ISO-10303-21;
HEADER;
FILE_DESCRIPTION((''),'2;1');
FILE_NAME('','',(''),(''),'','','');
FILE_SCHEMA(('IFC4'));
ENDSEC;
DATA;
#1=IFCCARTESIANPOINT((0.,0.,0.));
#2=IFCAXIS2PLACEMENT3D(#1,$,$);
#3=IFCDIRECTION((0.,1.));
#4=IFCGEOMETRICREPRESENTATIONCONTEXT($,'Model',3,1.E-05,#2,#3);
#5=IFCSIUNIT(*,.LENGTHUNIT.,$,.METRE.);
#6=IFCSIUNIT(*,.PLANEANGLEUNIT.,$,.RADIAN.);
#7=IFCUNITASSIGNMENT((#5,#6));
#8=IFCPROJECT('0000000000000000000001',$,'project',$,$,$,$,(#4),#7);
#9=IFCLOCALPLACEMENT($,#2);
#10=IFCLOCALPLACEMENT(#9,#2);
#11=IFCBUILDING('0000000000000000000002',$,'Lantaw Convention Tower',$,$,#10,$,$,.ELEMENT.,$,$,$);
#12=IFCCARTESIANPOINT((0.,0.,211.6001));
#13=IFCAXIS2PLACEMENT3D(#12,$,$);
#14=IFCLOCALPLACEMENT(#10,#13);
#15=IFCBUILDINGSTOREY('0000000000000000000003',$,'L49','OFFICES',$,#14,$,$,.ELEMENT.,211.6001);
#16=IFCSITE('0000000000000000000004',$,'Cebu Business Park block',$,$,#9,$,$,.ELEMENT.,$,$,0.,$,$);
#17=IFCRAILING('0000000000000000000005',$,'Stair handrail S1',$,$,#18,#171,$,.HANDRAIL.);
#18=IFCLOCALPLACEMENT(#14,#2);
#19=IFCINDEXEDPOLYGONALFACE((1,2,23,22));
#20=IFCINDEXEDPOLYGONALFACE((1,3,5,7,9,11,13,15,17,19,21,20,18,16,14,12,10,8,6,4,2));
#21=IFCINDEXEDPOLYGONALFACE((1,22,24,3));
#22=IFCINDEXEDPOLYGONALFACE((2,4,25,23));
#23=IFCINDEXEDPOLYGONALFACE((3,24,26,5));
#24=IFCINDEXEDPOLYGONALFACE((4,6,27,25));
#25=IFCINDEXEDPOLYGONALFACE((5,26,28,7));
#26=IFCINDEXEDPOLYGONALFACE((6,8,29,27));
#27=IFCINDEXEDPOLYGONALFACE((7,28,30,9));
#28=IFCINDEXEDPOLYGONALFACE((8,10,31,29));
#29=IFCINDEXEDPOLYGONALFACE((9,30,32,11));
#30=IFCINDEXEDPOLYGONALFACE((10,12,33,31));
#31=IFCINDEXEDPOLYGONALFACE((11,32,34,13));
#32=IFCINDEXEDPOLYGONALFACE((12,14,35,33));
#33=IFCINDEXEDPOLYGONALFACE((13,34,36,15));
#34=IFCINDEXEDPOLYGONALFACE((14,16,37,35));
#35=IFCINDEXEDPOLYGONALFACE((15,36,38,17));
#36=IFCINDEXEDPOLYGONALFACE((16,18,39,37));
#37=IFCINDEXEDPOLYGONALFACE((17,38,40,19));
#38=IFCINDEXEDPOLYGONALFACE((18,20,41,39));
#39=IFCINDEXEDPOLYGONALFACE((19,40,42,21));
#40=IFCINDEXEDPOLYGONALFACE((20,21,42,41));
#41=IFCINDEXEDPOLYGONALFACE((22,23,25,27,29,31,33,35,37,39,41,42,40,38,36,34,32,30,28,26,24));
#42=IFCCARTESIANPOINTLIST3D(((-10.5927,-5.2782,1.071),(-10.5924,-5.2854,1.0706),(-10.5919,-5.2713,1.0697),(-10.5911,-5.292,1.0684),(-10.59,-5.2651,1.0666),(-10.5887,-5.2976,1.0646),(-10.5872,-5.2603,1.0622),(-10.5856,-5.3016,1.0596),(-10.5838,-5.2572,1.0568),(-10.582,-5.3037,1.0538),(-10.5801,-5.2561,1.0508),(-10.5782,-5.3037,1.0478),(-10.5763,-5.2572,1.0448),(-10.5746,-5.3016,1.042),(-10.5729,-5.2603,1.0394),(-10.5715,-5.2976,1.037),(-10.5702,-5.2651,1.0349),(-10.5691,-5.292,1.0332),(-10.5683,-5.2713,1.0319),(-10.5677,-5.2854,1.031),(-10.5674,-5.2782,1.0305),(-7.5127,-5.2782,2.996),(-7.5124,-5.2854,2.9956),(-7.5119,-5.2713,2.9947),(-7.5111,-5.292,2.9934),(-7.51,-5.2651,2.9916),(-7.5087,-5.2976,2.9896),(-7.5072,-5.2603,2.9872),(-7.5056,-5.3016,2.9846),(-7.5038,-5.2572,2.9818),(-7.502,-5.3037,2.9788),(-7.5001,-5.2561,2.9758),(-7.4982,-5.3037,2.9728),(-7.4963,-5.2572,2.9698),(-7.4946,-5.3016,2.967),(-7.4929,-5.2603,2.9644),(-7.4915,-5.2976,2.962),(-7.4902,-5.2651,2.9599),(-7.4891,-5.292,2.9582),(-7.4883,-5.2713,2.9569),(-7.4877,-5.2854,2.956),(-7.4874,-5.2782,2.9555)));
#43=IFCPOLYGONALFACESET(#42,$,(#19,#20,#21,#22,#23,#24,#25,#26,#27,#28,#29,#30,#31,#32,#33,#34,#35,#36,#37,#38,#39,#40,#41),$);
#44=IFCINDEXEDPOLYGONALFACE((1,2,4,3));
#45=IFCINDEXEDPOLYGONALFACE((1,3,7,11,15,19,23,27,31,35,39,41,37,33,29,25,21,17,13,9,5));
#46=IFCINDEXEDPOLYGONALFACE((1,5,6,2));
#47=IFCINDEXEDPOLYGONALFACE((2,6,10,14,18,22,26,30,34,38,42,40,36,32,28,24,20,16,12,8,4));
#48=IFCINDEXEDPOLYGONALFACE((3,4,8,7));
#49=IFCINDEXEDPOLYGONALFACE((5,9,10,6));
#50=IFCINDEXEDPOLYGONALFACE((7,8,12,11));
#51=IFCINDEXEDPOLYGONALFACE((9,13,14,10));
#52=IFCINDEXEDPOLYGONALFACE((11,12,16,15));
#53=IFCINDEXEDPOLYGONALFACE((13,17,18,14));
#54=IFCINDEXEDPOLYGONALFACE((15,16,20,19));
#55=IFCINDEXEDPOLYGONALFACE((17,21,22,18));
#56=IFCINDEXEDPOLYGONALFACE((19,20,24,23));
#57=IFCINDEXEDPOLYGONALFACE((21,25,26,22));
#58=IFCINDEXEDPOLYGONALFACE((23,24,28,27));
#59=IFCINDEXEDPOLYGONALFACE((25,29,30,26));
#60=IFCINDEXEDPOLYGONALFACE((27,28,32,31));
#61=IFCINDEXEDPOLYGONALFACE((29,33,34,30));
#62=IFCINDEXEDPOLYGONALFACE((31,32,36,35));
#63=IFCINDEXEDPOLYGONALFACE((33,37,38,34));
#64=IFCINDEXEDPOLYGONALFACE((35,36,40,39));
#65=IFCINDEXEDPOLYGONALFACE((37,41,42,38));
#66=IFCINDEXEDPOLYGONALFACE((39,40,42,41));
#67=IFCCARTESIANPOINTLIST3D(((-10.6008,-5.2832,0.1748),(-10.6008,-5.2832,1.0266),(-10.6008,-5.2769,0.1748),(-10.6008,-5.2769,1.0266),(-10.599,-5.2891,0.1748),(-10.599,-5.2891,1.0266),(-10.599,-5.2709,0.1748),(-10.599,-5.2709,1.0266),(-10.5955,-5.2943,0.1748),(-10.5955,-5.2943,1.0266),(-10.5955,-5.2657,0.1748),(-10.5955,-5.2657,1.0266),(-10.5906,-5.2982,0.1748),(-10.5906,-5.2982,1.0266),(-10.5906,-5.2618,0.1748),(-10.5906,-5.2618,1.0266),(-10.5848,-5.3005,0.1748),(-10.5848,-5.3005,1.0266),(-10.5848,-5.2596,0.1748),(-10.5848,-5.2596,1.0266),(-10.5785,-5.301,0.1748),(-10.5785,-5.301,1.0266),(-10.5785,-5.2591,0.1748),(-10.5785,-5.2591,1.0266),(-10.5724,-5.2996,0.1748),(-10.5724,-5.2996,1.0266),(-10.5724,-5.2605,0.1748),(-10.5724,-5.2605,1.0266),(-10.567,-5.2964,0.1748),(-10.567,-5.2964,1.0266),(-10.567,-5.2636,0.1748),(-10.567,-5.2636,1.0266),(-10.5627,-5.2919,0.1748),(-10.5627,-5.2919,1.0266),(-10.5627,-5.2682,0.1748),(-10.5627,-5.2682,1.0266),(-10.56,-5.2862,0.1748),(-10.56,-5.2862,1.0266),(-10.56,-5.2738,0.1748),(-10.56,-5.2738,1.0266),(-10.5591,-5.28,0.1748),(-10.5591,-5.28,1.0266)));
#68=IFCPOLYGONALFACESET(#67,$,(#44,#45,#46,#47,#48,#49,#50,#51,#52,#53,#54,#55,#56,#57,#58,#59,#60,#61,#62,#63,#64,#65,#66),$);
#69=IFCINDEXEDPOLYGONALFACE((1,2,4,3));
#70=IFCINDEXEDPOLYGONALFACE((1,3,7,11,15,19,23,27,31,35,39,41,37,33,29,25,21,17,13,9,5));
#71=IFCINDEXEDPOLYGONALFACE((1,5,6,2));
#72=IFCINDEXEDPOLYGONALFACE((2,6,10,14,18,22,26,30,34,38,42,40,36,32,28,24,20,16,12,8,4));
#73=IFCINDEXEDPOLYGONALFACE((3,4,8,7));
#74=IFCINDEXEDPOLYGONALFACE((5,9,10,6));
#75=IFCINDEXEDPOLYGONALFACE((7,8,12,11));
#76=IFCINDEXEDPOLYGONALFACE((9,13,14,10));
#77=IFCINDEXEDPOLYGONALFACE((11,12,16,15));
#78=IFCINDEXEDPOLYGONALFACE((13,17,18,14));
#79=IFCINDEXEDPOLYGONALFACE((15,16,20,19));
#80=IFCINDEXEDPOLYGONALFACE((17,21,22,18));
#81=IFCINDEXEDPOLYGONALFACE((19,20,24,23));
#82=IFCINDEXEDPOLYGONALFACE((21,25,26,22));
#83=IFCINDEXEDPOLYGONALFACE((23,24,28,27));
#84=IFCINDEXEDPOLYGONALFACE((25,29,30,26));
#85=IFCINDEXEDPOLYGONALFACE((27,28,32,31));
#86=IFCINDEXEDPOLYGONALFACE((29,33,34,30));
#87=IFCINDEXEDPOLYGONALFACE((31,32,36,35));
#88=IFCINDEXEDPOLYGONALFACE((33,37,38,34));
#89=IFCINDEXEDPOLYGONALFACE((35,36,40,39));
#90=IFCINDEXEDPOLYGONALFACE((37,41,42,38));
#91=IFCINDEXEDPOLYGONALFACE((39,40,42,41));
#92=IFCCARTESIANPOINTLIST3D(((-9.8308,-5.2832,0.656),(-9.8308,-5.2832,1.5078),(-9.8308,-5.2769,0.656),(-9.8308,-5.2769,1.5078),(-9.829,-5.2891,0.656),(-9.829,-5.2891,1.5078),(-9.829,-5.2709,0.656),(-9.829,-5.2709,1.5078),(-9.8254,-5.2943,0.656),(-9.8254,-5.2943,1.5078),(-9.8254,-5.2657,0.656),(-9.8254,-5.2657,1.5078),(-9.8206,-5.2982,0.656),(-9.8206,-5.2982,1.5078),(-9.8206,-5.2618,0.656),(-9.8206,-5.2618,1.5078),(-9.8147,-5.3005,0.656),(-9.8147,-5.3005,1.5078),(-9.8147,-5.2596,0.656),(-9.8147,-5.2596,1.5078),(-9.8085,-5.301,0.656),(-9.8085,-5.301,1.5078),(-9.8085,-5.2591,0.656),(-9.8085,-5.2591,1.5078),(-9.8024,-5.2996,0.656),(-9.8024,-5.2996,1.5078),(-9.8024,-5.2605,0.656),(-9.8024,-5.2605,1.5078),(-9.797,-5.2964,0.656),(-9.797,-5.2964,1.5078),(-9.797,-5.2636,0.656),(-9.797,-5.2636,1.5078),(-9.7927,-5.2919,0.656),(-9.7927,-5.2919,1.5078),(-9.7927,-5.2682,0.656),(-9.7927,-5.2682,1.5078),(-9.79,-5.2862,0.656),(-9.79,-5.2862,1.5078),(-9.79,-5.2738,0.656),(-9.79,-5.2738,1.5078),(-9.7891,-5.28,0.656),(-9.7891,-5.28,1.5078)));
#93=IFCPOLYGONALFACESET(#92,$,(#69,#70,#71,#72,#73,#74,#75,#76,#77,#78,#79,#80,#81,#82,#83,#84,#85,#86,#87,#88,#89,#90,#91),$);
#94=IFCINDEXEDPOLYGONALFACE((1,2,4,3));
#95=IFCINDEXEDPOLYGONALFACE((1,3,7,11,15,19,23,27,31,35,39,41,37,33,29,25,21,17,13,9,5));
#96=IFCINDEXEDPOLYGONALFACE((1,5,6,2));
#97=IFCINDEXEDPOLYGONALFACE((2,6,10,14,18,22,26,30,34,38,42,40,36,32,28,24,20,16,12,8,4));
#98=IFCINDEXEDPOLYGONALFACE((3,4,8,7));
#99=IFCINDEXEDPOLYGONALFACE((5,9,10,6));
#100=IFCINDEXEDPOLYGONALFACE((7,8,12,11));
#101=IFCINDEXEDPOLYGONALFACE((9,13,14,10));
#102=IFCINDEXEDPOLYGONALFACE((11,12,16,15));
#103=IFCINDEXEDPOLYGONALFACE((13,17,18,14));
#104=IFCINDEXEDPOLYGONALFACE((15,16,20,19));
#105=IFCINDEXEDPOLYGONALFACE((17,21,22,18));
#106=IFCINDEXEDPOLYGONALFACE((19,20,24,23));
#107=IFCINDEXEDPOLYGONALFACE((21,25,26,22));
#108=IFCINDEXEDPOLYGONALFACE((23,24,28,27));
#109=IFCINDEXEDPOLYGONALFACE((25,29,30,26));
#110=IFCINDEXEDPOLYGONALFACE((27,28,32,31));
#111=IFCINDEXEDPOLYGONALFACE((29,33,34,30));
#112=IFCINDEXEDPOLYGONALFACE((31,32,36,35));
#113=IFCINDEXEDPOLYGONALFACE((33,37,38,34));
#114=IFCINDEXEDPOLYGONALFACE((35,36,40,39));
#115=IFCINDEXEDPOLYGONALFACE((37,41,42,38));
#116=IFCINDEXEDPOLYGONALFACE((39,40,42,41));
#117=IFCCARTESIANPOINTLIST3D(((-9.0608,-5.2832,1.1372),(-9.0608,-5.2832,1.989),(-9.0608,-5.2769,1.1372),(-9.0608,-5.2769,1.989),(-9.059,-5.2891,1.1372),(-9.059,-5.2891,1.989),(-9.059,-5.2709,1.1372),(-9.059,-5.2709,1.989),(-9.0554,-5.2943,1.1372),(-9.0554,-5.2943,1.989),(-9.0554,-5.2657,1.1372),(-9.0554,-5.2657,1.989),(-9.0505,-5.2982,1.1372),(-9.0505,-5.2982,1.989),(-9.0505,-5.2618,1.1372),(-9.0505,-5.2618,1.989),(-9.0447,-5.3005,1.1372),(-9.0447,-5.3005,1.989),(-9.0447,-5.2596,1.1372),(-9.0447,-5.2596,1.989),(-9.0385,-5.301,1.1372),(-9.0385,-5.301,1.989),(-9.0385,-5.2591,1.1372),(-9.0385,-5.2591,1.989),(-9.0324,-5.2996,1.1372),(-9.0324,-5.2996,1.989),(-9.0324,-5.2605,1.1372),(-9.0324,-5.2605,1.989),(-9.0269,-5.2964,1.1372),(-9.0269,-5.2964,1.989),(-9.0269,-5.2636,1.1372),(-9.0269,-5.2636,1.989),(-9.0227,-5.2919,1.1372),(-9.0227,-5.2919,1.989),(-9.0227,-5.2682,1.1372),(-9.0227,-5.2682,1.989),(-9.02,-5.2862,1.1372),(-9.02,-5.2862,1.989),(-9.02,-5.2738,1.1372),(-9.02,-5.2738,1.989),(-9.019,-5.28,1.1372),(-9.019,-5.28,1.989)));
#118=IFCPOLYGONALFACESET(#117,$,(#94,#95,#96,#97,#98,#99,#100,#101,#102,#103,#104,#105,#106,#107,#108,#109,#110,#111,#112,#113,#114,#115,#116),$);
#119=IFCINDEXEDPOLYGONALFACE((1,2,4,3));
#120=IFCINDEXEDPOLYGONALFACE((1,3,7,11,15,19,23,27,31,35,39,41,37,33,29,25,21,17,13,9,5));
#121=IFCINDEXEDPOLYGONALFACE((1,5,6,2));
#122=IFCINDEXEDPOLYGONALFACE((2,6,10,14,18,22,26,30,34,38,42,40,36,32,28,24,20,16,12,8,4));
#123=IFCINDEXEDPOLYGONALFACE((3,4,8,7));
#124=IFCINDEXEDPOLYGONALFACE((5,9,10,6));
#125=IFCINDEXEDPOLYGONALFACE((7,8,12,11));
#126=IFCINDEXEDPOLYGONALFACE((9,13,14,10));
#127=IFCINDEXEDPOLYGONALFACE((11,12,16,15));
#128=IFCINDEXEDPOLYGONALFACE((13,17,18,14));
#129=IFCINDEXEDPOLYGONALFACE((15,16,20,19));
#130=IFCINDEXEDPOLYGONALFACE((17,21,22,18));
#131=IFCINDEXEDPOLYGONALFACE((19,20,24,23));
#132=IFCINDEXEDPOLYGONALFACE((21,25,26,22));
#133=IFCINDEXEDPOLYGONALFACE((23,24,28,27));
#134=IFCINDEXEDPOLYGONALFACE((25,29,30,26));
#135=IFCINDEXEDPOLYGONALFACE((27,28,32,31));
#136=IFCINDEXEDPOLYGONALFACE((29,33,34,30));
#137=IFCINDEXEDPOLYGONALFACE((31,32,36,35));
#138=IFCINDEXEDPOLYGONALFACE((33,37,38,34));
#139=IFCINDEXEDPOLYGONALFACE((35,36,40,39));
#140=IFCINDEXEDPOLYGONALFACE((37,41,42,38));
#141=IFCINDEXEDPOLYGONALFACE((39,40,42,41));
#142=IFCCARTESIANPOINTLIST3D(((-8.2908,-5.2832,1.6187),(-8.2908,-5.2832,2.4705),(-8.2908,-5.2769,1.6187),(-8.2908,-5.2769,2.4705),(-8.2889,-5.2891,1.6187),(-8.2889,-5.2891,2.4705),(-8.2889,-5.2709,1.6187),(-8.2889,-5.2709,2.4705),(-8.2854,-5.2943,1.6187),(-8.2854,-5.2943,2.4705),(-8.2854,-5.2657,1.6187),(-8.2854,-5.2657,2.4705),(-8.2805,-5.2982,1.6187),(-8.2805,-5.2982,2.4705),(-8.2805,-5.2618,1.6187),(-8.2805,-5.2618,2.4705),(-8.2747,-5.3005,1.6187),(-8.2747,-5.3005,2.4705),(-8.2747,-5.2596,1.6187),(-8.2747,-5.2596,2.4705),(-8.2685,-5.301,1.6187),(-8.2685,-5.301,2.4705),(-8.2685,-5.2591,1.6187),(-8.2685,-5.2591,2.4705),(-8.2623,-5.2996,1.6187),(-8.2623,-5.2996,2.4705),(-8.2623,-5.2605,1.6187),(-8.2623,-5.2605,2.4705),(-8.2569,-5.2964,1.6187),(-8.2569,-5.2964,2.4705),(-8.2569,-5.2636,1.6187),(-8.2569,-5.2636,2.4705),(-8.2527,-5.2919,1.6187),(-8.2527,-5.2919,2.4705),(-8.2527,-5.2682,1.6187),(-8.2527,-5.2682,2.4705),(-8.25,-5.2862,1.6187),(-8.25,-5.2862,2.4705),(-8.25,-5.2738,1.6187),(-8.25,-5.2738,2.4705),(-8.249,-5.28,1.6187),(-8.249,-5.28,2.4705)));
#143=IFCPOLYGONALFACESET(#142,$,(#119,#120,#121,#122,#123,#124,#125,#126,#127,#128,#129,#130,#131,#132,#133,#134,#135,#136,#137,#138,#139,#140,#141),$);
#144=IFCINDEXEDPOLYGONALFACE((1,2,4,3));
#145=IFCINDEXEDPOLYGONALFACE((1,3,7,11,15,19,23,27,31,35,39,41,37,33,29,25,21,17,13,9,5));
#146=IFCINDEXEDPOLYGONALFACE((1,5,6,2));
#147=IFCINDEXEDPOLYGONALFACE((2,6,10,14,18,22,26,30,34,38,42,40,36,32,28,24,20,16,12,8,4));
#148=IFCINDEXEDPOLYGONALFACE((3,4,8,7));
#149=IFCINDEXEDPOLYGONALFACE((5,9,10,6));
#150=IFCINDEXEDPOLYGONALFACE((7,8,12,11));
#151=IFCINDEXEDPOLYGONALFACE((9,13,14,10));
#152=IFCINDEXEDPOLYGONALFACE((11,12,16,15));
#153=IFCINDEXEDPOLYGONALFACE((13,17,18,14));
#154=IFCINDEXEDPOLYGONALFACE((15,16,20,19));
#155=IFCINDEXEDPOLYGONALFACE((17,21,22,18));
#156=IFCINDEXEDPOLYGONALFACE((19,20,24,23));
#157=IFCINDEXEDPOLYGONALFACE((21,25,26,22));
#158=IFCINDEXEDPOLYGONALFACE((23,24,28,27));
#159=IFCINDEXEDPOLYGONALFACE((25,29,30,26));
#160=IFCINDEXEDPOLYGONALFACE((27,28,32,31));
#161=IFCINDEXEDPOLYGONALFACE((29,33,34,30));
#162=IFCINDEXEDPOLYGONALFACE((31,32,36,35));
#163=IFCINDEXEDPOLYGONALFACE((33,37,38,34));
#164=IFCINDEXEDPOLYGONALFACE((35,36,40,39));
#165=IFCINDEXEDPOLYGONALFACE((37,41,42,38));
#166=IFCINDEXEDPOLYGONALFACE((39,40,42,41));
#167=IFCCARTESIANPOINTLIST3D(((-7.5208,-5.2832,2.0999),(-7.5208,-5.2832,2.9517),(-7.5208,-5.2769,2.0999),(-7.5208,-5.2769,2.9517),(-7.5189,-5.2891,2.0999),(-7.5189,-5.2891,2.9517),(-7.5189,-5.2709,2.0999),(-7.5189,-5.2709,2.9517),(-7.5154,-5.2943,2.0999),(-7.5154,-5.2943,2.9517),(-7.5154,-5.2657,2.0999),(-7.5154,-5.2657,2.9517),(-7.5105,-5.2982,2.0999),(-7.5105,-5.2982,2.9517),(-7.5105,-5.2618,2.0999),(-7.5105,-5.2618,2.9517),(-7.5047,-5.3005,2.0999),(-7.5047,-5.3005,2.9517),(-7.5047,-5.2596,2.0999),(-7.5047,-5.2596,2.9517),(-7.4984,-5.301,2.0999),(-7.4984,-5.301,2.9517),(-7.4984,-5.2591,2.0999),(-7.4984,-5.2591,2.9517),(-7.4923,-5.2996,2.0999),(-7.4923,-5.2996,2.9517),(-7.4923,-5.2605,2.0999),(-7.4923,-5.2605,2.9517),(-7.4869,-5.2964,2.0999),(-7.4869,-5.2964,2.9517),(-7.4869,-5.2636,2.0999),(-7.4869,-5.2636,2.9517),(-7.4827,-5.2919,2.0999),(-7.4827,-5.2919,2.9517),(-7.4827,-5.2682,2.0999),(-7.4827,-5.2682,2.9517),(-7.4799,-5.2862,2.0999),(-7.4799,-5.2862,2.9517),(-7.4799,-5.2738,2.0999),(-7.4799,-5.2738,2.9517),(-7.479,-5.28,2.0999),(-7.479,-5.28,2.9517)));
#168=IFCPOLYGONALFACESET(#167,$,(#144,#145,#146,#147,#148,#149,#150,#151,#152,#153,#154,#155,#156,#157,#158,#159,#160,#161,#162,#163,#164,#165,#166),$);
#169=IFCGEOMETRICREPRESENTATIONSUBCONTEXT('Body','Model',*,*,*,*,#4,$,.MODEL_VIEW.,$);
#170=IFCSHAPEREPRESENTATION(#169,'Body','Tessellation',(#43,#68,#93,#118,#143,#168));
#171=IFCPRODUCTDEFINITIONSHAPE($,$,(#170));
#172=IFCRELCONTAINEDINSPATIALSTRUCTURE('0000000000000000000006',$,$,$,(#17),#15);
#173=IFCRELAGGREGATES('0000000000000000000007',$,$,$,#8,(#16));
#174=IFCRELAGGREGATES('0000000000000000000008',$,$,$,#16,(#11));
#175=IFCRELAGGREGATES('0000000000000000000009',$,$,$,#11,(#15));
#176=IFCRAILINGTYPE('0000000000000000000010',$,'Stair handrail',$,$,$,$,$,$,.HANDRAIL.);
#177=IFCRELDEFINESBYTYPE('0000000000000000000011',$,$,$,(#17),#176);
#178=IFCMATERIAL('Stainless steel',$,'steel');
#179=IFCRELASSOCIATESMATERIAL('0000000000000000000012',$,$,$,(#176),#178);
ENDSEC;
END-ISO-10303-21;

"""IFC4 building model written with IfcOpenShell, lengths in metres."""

from ifc_helpers import new_model, si_unit, direction, frame, origin, origin_2d, place, context, subcontext, project, spatial, circle, extrude, material, type_object, element, save


model = new_model("IFC4")

# Units and contexts
model_context = context("Model", 3, precision=1e-05, world=origin(), true_north=direction((0.0, 1.0)))
body_context = subcontext(model_context, "Body", "Model", "MODEL_VIEW")
ifc_project = project(units=[si_unit("LENGTHUNIT", "METRE"), si_unit("PLANEANGLEUNIT", "RADIAN")], contexts=[model_context])

# Site, building, storey
site_placement = place(None, origin())
site = spatial("IfcSite", under=ifc_project, at=site_placement, Name="Cebu Business Park block", CompositionType="ELEMENT", RefElevation=0.0)
building_placement = place(site_placement, origin())
building = spatial("IfcBuilding", under=site, at=building_placement, Name="Lantaw Convention Tower", CompositionType="ELEMENT")
storey_placement = place(building_placement, frame((0.0, 0.0, 211.6001)))
storey = spatial("IfcBuildingStorey", under=building, at=storey_placement, Name="L49", Description="OFFICES", CompositionType="ELEMENT", Elevation=211.6001)

# Shared definitions
ifc_material_1 = material(Name="Stainless steel", Category="steel")

# Railing
railing_type = type_object("IfcRailingType", Name="Stair handrail", PredefinedType="HANDRAIL", material=ifc_material_1)
railing_1_placement = place(storey_placement, frame((-10.5801, -5.28, 0.1748)))
element("IfcRailing", 1, at=railing_1_placement, inside=storey, type_object=railing_type, Name="Stair handrail S1", PredefinedType="HANDRAIL", context=body_context, shape_type="SweptSolid", body=[
    extrude(circle(Radius=0.0239, at=origin_2d()), frame((0.0, 0.0, 0.876), z_axis=(0.847998, 0.0, 0.529999), x_axis=(0.0, 1.0, 0.0)), (0.0, 0.0, 1.0), 3.6321),
    extrude(circle(Radius=0.021, at=origin_2d()), origin(), (0.0, 0.0, 1.0), 0.8518),
    extrude(circle(Radius=0.021, at=origin_2d()), frame((0.77, 0.0, 0.4812)), (0.0, 0.0, 1.0), 0.8518),
    extrude(circle(Radius=0.021, at=origin_2d()), frame((1.54, 0.0, 0.9624)), (0.0, 0.0, 1.0), 0.8518),
    extrude(circle(Radius=0.021, at=origin_2d()), frame((2.3101, 0.0, 1.4438)), (0.0, 0.0, 1.0), 0.8518),
    extrude(circle(Radius=0.021, at=origin_2d()), frame((3.0801, 0.0, 1.925)), (0.0, 0.0, 1.0), 0.8518),
])

save(model, "model.ifc")
